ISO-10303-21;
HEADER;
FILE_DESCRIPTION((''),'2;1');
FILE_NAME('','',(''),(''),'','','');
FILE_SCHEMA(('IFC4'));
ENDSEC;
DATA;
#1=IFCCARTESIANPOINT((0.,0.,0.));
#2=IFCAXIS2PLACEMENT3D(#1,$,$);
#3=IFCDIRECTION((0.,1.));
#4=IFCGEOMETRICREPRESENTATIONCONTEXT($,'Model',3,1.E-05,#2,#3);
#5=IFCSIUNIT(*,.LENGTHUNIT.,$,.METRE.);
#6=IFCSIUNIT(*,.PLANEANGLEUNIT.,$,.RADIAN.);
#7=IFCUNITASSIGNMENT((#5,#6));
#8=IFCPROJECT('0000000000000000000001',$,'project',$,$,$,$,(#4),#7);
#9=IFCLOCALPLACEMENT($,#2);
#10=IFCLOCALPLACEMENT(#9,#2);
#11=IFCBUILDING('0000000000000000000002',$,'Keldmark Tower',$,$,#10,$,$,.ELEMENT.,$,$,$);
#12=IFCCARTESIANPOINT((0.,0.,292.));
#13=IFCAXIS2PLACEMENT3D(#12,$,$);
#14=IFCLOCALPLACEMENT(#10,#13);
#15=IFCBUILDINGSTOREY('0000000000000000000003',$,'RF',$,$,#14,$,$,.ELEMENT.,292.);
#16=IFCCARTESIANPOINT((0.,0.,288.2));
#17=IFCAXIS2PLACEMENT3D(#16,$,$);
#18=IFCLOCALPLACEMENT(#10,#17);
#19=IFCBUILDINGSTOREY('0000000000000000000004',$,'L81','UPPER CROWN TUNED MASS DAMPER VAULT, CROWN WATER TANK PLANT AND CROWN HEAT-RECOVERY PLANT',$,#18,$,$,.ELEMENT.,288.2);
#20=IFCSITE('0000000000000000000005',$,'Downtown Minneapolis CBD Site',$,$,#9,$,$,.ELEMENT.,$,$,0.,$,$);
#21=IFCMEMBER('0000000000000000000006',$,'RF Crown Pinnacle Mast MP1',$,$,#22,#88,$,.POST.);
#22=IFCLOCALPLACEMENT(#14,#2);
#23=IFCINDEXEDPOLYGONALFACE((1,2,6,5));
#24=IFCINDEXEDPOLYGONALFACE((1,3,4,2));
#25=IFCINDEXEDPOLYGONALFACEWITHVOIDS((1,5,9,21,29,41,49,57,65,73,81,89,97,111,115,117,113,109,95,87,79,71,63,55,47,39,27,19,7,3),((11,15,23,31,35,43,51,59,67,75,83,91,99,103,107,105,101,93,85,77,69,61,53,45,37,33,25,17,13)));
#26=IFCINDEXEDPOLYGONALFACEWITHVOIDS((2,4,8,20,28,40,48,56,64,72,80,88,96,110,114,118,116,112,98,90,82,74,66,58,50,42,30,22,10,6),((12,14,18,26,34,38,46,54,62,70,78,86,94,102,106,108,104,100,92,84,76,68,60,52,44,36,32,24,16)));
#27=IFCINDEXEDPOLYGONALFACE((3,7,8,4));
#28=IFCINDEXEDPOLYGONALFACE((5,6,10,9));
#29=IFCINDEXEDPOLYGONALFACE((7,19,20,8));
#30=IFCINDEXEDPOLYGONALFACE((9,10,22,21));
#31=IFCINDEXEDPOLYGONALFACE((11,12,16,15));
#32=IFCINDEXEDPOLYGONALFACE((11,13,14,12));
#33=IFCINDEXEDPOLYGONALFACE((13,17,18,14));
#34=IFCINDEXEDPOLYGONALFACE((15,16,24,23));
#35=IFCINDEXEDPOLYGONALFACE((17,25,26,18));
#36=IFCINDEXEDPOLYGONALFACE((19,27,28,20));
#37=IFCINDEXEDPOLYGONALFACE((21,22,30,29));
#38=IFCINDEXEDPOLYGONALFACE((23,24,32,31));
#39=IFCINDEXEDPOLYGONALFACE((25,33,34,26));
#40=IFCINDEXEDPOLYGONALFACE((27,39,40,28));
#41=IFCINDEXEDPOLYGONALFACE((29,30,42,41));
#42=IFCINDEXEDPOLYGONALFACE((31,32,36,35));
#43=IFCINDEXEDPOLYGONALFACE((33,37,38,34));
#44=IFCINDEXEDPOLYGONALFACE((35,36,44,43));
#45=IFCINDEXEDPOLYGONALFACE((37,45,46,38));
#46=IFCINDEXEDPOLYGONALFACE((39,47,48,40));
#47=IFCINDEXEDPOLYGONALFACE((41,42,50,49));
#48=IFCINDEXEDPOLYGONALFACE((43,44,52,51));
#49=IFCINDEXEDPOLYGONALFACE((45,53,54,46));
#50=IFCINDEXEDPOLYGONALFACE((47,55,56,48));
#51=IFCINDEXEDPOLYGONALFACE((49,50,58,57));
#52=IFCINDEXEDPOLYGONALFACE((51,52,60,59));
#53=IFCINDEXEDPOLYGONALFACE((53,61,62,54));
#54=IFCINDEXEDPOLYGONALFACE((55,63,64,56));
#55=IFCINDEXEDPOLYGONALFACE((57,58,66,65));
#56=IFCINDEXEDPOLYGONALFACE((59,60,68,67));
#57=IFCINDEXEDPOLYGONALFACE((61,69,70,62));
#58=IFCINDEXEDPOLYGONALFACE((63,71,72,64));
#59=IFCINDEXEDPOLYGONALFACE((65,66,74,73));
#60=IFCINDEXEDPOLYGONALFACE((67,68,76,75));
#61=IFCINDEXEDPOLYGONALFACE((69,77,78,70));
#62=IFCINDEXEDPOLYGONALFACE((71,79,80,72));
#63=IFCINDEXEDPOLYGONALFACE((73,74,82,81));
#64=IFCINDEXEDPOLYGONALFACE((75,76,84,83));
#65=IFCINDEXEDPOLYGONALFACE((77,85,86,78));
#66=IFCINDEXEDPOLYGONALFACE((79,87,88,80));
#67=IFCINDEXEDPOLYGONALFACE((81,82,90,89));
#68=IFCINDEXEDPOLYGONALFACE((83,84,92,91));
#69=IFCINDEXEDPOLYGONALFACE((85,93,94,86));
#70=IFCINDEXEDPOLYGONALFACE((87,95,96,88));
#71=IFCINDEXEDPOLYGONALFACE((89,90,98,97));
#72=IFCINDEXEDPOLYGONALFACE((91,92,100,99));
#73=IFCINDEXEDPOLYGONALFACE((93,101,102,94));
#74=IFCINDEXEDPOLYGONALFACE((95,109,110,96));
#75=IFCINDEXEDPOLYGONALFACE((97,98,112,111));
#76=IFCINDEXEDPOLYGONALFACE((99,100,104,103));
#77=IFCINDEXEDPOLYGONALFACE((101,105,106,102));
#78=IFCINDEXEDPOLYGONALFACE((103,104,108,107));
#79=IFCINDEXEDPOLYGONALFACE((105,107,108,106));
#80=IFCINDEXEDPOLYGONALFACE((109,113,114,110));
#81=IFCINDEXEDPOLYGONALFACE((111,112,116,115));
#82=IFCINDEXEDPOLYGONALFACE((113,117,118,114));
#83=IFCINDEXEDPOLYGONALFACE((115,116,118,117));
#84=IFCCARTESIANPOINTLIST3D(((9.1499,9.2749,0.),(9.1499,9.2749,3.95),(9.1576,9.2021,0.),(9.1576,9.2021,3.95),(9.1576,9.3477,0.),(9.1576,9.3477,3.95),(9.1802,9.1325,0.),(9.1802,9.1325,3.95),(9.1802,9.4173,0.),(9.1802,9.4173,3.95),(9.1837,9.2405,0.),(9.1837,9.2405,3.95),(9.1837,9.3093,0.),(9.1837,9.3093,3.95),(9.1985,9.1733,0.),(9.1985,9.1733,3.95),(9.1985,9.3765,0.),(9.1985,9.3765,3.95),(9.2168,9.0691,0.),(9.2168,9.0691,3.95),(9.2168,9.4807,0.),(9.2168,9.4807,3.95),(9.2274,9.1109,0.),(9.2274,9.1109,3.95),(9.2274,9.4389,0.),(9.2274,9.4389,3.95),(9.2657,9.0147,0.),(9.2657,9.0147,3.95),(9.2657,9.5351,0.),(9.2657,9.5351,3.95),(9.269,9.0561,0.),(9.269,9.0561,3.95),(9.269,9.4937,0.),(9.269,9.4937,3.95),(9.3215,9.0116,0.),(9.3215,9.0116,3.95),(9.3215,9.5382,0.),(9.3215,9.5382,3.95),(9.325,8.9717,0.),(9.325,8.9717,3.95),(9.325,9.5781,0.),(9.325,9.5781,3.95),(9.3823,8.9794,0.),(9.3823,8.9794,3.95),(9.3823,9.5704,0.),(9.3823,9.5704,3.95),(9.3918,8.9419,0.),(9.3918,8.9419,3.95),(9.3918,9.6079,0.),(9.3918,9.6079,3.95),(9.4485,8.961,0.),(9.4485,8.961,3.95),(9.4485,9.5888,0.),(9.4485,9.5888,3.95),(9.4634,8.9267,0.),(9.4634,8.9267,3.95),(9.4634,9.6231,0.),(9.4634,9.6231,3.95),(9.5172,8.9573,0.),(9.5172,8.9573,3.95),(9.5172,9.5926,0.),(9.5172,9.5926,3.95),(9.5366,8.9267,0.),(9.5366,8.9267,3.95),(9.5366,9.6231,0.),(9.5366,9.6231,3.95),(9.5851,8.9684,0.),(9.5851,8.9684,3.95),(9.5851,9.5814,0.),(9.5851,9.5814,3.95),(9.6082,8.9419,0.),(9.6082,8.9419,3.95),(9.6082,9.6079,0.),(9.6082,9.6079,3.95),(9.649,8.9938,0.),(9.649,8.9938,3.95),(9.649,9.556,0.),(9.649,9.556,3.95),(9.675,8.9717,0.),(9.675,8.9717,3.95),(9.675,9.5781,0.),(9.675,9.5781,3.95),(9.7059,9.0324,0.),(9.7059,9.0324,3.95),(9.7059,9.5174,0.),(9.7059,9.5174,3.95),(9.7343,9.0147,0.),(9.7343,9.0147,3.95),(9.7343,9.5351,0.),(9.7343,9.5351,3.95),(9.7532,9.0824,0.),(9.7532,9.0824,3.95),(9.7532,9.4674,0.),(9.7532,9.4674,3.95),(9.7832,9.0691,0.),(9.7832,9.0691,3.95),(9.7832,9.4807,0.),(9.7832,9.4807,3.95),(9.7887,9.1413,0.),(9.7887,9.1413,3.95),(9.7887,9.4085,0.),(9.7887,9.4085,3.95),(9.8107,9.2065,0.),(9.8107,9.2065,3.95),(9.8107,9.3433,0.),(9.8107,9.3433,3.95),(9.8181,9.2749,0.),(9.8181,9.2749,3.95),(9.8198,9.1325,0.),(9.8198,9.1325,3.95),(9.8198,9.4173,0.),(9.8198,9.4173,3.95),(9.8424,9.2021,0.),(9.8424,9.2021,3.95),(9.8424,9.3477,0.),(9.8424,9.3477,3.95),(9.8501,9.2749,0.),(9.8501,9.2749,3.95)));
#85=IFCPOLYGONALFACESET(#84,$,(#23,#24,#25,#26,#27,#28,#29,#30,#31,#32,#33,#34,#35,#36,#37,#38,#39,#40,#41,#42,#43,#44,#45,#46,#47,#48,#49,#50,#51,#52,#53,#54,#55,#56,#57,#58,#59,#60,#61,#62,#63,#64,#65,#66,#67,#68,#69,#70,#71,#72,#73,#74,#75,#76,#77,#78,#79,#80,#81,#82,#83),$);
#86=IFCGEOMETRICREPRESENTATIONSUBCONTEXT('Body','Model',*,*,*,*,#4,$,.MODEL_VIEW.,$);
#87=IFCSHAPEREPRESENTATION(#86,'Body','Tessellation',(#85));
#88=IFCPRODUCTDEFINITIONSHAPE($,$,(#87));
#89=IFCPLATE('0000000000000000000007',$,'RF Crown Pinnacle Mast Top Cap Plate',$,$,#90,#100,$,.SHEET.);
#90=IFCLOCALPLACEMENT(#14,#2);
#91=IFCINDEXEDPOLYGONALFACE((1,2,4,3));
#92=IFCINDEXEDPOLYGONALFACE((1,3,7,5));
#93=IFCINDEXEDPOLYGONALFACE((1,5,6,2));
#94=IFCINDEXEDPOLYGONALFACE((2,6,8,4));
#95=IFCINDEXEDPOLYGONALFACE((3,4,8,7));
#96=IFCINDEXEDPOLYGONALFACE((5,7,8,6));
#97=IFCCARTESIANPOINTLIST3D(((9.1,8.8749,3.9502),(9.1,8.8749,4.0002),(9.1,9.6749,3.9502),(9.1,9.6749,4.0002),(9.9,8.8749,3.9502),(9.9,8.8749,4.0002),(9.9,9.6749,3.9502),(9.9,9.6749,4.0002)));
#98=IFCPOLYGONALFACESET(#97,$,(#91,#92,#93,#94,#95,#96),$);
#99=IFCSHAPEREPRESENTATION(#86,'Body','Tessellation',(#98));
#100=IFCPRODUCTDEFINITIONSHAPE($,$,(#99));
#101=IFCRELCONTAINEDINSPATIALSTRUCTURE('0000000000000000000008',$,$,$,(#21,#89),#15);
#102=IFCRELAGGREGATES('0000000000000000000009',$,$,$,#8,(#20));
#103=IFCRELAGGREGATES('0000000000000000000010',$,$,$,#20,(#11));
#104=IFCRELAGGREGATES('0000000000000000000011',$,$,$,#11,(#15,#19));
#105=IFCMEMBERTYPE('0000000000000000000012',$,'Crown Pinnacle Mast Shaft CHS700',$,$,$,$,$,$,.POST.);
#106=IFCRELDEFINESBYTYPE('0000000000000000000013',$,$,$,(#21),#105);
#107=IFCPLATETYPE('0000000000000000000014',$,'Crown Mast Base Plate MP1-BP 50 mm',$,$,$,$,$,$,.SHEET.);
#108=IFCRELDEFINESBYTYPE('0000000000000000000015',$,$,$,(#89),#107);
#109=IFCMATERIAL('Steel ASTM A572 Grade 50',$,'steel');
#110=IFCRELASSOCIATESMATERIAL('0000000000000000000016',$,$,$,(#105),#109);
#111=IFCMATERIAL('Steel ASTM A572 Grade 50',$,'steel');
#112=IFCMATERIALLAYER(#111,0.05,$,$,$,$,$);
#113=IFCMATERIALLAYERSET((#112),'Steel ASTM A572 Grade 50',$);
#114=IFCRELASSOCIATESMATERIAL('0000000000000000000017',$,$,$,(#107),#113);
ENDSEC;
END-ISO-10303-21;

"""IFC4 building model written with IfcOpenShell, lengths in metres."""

from ifc_helpers import new_model, si_unit, direction, frame, origin, origin_2d, place, context, subcontext, project, spatial, rectangle, hollow_circle, extrude, material, layer, layer_set, material_profile, profile_set, type_object, element, save


model = new_model("IFC4")

# Units and contexts
model_context = context("Model", 3, precision=1e-05, world=origin(), true_north=direction((0.0, 1.0)))
body_context = subcontext(model_context, "Body", "Model", "MODEL_VIEW")
ifc_project = project(units=[si_unit("LENGTHUNIT", "METRE"), si_unit("PLANEANGLEUNIT", "RADIAN")], contexts=[model_context])

# Site, building, storey
site_placement = place(None, origin())
site = spatial("IfcSite", under=ifc_project, at=site_placement, Name="Downtown Minneapolis CBD Site", CompositionType="ELEMENT", RefElevation=0.0)
building_placement = place(site_placement, origin())
building = spatial("IfcBuilding", under=site, at=building_placement, Name="Keldmark Tower", CompositionType="ELEMENT")
storey_1_placement = place(building_placement, frame((0.0, 0.0, 292.0)))
storey_1 = spatial("IfcBuildingStorey", under=building, at=storey_1_placement, Name="RF", CompositionType="ELEMENT", Elevation=292.0)

# Member
ifc_material_1 = material(Name="Steel ASTM A572 Grade 50", Category="steel")
ifc_material_profile = material_profile(ifc_material_1, hollow_circle(Radius=0.3501, WallThickness=0.032, at=origin_2d()), Name="CHS700X32")
ifc_profile_set = profile_set([ifc_material_profile], Name="Steel ASTM A572 Grade 50")
member_type = type_object("IfcMemberType", Name="Crown Pinnacle Mast Shaft CHS700", PredefinedType="POST", material=ifc_profile_set)
member_placement = place(storey_1_placement, frame((9.5, 9.2749, 0.0), z_axis=(0.0, 0.0, 1.0), x_axis=(1.0, 0.0, 0.0)))
element("IfcMember", 1, at=member_placement, inside=storey_1, type_object=member_type, Name="RF Crown Pinnacle Mast MP1", PredefinedType="POST", context=body_context, shape_type="SweptSolid", body=[
    extrude(hollow_circle(Radius=0.3501, WallThickness=0.032, at=origin_2d()), origin(), (0.0, 0.0, 1.0), 3.95),
])

# Plate
ifc_material_2 = material(Name="Steel ASTM A572 Grade 50", Category="steel")
ifc_layer_1 = layer(ifc_material_2, 0.05)
ifc_layer_set_1 = layer_set([ifc_layer_1], Name="Steel ASTM A572 Grade 50")
plate_type = type_object("IfcPlateType", Name="Crown Mast Base Plate MP1-BP 50 mm", PredefinedType="SHEET", material=ifc_layer_set_1)
plate_placement = place(storey_1_placement, frame((9.5, 9.2749, 3.9502), z_axis=(0.0, 0.0, 1.0), x_axis=(1.0, 0.0, 0.0)))
element("IfcPlate", 2, at=plate_placement, inside=storey_1, type_object=plate_type, Name="RF Crown Pinnacle Mast Top Cap Plate", PredefinedType="SHEET", context=body_context, shape_type="SweptSolid", body=[
    extrude(rectangle(XDim=0.8, YDim=0.8, at=origin_2d()), origin(), (0.0, 0.0, 1.0), 0.05),
])

# Shared definitions
storey_2_placement = place(building_placement, frame((0.0, 0.0, 288.2)))
storey_2 = spatial("IfcBuildingStorey", under=building, at=storey_2_placement, Name="L81", Description="UPPER CROWN TUNED MASS DAMPER VAULT, CROWN WATER TANK PLANT AND CROWN HEAT-RECOVERY PLANT", CompositionType="ELEMENT", Elevation=288.2)

save(model, "model.ifc")
